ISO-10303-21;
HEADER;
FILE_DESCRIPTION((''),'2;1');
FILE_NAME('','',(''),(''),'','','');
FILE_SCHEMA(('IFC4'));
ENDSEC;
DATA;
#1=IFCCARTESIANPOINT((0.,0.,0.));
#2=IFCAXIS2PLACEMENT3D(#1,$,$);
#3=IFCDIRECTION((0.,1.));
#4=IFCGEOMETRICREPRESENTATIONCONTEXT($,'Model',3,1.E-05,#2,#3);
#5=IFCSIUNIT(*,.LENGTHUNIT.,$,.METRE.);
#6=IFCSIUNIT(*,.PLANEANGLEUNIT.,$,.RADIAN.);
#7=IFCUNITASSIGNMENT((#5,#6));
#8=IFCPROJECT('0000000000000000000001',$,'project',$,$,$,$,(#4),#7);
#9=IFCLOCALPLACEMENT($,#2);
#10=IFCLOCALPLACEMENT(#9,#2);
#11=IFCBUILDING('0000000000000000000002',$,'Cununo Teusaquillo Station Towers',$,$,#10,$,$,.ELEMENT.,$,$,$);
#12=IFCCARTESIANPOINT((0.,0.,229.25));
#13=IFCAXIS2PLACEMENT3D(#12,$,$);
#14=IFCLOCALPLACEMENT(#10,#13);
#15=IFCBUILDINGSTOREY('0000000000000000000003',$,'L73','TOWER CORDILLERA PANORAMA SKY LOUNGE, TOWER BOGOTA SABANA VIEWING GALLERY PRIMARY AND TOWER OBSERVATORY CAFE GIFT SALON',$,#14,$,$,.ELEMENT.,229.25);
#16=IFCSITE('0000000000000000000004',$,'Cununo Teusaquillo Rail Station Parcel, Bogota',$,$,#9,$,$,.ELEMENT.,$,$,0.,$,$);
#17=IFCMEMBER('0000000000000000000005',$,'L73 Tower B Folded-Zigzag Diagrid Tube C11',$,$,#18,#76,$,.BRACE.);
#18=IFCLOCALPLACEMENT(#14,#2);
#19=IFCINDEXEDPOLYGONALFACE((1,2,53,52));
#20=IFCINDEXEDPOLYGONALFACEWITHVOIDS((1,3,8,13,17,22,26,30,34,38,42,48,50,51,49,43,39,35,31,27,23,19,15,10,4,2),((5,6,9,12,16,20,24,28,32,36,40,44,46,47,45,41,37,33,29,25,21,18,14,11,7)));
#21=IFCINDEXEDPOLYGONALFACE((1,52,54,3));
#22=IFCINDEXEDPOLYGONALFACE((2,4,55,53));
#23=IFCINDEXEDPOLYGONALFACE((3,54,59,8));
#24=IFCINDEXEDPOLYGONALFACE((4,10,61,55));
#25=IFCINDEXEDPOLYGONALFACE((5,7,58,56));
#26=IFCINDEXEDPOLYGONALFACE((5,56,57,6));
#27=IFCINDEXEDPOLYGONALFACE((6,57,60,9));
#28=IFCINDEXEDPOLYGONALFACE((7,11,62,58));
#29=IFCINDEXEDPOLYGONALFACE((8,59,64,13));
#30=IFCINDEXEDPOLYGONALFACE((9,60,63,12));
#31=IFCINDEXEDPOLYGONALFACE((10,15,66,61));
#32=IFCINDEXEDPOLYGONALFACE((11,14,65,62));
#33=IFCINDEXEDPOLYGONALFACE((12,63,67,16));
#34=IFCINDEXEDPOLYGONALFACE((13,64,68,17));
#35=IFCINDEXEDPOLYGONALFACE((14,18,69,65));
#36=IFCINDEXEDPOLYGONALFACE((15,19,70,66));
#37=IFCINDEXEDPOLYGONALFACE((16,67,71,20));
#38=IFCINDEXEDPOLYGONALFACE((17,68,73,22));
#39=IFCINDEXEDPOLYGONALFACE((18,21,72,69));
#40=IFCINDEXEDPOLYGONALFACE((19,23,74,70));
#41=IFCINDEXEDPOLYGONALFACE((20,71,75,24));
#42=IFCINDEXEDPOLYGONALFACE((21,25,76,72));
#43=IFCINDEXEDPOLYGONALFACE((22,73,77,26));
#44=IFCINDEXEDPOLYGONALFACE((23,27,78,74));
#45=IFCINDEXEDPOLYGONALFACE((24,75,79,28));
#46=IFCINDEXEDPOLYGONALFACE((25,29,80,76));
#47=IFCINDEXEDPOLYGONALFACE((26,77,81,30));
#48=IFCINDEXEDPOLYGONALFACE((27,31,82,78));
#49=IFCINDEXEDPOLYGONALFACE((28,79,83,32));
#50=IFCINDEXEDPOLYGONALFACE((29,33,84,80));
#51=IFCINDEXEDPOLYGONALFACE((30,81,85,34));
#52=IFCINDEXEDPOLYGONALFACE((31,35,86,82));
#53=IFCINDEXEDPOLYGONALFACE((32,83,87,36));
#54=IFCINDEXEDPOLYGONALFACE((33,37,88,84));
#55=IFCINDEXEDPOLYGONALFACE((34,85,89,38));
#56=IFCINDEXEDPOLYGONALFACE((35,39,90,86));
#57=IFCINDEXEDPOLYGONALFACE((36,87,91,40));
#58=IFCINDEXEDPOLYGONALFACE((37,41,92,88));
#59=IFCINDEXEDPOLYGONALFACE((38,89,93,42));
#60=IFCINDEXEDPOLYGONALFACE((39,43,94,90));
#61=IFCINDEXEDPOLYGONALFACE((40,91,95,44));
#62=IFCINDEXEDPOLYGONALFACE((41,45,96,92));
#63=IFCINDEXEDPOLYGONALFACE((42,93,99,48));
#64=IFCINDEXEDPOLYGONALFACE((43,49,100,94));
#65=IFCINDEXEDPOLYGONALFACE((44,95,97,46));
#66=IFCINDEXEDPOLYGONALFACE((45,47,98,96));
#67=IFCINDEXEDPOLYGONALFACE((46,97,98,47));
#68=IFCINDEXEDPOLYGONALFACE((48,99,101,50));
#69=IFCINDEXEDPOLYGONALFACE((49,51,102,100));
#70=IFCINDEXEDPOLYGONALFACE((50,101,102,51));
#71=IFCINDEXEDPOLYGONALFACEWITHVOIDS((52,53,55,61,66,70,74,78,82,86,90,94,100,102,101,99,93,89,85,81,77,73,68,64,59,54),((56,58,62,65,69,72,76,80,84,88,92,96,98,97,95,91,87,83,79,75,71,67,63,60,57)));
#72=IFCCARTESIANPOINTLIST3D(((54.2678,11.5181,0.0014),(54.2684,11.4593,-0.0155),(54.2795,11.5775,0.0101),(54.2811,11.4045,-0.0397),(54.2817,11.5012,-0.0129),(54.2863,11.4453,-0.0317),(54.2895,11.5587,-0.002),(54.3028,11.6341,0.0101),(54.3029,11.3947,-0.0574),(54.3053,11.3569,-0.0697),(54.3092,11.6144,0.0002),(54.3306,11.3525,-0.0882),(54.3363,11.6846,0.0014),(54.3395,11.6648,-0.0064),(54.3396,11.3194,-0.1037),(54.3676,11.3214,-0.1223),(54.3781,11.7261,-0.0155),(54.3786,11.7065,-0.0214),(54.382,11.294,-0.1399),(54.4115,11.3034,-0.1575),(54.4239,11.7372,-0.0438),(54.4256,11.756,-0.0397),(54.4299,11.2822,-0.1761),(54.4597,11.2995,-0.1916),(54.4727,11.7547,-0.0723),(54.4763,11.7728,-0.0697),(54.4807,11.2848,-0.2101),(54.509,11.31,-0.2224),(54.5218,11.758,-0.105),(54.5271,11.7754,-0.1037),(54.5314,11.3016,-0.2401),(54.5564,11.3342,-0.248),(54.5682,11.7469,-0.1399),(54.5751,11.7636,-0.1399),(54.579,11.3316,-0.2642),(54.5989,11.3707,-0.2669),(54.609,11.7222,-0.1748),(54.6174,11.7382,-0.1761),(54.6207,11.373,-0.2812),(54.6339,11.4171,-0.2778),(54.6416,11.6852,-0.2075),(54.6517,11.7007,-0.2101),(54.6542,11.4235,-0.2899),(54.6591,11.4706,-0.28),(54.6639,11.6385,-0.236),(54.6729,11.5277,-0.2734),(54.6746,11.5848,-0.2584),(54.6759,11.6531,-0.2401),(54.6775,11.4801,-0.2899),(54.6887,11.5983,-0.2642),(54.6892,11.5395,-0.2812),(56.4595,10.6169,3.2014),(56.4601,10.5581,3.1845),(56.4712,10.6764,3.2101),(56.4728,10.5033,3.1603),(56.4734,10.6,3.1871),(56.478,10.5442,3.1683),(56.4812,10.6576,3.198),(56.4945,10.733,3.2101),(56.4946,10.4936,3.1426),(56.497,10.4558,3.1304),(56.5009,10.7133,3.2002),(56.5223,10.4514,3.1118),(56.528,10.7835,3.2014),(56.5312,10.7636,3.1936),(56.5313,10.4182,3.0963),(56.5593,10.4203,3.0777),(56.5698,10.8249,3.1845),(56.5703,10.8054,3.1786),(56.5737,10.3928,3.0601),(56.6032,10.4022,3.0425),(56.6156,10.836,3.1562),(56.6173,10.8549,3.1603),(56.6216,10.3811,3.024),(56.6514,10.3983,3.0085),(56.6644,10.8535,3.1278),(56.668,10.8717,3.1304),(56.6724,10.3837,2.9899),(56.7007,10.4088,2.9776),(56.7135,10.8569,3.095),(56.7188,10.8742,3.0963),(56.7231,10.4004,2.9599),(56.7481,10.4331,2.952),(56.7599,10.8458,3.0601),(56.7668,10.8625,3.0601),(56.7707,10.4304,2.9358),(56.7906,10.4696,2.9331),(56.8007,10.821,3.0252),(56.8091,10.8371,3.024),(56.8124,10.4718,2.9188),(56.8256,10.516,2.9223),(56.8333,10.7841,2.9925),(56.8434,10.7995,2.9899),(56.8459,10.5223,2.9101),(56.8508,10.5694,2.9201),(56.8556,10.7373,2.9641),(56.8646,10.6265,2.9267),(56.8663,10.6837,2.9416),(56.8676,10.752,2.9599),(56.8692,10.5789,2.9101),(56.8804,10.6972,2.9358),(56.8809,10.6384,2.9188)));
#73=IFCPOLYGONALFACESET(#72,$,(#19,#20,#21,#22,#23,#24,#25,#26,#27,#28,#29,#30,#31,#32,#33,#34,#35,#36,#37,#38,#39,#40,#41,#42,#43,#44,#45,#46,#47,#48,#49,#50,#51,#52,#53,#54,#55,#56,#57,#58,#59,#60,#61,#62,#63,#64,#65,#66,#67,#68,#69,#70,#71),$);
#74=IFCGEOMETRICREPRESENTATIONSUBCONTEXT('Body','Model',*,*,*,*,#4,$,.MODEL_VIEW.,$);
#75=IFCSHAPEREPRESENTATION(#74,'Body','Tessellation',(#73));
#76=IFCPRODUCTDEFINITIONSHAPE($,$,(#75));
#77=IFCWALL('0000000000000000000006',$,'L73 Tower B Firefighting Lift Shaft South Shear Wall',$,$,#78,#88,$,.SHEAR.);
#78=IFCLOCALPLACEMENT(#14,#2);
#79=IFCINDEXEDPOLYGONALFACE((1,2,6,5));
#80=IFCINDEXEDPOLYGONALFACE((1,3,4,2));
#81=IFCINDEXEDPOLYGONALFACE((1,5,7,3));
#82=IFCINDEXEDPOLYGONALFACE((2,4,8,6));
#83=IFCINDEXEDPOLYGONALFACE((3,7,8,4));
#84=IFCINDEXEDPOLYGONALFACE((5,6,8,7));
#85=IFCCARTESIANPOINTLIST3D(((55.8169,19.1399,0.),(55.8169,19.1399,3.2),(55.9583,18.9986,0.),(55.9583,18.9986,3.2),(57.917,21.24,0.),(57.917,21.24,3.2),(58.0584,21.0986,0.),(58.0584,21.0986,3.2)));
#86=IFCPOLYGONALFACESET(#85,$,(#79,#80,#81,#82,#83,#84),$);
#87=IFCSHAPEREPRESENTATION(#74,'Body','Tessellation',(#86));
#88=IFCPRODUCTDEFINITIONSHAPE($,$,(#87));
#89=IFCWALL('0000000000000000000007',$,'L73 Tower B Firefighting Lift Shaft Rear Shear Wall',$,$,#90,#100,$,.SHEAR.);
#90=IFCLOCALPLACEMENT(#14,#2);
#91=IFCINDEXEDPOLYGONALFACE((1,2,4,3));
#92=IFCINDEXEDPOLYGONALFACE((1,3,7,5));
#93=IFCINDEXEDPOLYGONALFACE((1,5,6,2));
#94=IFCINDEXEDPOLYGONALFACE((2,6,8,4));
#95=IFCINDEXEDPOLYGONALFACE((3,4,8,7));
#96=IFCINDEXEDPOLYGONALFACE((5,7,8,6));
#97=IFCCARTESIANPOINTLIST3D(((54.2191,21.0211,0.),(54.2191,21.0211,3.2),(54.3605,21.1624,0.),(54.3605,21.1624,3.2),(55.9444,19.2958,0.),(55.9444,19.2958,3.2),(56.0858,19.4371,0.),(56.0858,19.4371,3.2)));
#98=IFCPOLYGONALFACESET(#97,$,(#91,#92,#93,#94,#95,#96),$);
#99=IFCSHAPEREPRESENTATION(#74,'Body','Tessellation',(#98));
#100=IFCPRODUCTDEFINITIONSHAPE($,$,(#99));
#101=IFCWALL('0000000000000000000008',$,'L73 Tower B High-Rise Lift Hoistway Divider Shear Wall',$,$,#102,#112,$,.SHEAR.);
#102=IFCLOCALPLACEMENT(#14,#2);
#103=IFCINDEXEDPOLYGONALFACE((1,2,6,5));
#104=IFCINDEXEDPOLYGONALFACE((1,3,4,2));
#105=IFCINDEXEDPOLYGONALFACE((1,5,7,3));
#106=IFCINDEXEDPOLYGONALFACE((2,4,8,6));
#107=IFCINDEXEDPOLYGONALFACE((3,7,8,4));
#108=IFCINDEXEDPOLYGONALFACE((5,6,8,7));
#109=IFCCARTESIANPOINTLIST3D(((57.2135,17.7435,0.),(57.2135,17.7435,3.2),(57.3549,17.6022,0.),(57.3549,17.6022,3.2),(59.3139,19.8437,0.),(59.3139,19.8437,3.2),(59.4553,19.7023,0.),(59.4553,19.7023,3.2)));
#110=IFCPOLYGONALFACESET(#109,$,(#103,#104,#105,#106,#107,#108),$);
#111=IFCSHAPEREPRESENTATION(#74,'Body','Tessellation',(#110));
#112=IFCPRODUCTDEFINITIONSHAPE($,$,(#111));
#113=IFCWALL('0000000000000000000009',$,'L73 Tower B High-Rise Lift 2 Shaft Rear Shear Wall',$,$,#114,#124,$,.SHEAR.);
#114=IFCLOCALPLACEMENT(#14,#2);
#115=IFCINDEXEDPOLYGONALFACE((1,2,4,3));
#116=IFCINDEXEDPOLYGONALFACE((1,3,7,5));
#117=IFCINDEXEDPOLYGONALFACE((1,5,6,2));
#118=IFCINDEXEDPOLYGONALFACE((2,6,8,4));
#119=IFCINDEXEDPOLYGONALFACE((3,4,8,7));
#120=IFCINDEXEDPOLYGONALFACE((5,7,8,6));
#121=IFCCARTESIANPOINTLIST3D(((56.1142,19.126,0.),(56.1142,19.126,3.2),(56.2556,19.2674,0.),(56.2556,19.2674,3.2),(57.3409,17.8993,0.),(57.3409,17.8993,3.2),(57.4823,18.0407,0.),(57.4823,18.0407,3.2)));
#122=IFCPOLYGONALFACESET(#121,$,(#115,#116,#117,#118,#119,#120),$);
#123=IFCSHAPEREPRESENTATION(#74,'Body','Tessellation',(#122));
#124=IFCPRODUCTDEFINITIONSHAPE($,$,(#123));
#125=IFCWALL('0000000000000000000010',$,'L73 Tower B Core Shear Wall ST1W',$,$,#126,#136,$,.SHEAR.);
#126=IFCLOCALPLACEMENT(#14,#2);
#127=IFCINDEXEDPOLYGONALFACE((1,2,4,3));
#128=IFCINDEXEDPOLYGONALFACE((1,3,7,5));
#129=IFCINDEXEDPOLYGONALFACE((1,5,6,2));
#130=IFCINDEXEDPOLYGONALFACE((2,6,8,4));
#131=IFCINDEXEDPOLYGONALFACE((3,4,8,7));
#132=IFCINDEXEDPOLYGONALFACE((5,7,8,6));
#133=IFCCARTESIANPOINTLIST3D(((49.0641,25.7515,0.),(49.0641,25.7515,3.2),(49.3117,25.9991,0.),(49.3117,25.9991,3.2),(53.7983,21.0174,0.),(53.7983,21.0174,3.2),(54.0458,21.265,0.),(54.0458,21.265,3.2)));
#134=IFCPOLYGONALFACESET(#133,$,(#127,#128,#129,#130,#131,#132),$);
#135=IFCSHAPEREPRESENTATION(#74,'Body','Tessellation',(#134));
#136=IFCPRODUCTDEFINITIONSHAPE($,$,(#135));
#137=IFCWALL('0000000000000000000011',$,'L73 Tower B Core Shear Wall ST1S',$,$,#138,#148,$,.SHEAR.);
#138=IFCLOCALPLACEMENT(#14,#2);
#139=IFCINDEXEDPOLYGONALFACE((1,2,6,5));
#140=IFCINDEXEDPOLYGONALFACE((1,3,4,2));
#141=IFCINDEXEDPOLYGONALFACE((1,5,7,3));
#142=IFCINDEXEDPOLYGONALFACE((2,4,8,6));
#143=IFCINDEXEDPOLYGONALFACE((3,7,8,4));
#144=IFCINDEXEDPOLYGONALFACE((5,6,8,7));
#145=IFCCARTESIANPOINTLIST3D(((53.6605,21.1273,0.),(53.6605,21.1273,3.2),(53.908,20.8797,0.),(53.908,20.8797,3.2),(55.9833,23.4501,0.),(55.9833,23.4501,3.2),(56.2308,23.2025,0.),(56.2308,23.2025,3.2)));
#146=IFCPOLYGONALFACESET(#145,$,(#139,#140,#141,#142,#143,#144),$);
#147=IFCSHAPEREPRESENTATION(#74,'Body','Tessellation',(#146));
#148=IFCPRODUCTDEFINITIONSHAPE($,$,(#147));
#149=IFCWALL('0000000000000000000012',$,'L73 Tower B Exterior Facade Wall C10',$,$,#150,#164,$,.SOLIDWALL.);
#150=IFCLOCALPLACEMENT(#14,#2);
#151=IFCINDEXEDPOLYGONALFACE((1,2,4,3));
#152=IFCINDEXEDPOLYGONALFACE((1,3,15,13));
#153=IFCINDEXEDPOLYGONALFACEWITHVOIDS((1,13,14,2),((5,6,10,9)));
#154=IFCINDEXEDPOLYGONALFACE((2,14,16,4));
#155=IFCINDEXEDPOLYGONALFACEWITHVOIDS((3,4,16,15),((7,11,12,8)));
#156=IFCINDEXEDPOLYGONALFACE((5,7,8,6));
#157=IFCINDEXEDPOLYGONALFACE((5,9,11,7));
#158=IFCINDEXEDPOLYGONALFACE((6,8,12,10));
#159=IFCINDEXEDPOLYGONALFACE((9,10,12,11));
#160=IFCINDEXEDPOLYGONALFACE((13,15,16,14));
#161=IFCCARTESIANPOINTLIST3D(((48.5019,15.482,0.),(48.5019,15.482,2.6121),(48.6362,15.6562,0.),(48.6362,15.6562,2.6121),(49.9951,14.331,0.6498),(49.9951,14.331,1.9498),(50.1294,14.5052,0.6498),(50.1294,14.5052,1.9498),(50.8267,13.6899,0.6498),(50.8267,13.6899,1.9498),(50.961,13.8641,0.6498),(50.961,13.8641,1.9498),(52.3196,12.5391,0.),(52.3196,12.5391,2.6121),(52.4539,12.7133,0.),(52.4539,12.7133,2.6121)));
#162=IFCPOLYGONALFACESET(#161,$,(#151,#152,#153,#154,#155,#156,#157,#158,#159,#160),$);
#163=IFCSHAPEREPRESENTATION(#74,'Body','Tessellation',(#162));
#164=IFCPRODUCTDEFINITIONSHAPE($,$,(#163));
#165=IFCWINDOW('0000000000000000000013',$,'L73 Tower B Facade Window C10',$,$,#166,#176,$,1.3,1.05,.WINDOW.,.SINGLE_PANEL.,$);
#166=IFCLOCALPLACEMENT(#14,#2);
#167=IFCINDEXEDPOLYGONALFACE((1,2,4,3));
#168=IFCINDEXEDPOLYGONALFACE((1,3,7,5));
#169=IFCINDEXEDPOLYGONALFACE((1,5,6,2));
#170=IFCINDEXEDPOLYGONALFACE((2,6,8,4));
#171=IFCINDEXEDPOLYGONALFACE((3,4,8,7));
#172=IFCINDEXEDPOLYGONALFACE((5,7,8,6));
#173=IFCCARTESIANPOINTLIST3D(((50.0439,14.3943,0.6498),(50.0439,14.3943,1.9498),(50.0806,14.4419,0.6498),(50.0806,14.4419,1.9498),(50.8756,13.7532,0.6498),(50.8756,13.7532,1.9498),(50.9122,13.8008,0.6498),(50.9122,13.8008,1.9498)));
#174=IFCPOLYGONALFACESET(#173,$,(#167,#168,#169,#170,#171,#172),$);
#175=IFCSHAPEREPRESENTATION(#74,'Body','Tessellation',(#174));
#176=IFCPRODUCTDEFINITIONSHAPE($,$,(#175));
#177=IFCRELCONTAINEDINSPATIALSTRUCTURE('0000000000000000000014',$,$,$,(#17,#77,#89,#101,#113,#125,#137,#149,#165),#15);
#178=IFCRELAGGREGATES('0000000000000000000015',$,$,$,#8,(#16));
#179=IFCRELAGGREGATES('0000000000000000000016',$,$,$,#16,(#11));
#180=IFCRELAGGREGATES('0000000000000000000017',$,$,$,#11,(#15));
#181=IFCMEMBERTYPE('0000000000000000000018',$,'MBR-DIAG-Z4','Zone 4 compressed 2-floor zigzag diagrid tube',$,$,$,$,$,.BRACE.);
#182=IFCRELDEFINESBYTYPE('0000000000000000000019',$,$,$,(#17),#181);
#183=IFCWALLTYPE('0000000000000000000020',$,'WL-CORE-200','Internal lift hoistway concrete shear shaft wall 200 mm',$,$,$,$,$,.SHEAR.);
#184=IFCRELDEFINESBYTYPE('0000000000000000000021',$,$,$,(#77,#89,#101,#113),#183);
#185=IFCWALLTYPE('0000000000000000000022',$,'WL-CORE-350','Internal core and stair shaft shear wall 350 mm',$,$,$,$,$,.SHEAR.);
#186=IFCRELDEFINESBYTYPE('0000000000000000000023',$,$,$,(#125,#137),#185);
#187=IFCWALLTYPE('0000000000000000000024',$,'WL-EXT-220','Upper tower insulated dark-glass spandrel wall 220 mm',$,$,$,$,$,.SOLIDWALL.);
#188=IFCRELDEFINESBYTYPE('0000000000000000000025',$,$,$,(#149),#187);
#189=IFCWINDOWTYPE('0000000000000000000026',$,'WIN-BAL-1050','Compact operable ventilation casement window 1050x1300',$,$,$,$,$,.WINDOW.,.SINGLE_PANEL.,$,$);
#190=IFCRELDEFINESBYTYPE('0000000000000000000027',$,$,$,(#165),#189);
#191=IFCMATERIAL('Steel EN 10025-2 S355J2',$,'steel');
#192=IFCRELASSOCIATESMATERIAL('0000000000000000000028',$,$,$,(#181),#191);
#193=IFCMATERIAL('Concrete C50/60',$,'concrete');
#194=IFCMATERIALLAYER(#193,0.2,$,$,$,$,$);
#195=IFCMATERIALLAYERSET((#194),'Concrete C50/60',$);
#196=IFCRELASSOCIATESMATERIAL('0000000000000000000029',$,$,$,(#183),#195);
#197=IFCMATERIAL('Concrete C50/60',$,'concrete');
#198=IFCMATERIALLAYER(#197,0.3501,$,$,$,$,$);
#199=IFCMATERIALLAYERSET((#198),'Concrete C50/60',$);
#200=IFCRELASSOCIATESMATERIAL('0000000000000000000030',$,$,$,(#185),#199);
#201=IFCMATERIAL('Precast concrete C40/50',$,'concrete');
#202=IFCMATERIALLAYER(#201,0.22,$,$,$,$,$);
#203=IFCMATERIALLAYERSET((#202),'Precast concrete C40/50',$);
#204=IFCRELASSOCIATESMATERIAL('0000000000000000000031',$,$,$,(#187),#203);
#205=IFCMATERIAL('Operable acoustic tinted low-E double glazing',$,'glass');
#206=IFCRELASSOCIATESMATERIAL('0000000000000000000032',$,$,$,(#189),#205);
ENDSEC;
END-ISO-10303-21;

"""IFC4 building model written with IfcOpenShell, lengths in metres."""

from ifc_helpers import new_model, si_unit, direction, frame, frame_2d, origin, origin_2d, place, context, subcontext, project, spatial, rectangle, hollow_circle, extrude, source, transform, mapped, material, layer, layer_set, material_profile, profile_set, type_object, element, fill, save


model = new_model("IFC4")

# Units and contexts
model_context = context("Model", 3, precision=1e-05, world=origin(), true_north=direction((0.0, 1.0)))
body_context = subcontext(model_context, "Body", "Model", "MODEL_VIEW")
ifc_project = project(units=[si_unit("LENGTHUNIT", "METRE"), si_unit("PLANEANGLEUNIT", "RADIAN")], contexts=[model_context])

# Site, building, storey
site_placement = place(None, origin())
site = spatial("IfcSite", under=ifc_project, at=site_placement, Name="Cununo Teusaquillo Rail Station Parcel, Bogota", CompositionType="ELEMENT", RefElevation=0.0)
building_placement = place(site_placement, origin())
building = spatial("IfcBuilding", under=site, at=building_placement, Name="Cununo Teusaquillo Station Towers", CompositionType="ELEMENT")
storey_placement = place(building_placement, frame((0.0, 0.0, 229.25)))
storey = spatial("IfcBuildingStorey", under=building, at=storey_placement, Name="L73", Description="TOWER CORDILLERA PANORAMA SKY LOUNGE, TOWER BOGOTA SABANA VIEWING GALLERY PRIMARY AND TOWER OBSERVATORY CAFE GIFT SALON", CompositionType="ELEMENT", Elevation=229.25)

# Member
ifc_material_1 = material(Name="Steel EN 10025-2 S355J2", Category="steel")
ifc_material_profile_1 = material_profile(ifc_material_1, hollow_circle(Radius=0.2539, WallThickness=0.0181, at=origin_2d()), Name="CHS 508x18")
ifc_profile_set_1 = profile_set([ifc_material_profile_1], Name="Steel EN 10025-2 S355J2")
member_type = type_object("IfcMemberType", Name="MBR-DIAG-Z4", Description="Zone 4 compressed 2-floor zigzag diagrid tube", PredefinedType="BRACE", material=ifc_profile_set_1)
member_placement = place(storey_placement, frame((54.4785, 11.5288, -0.1399), z_axis=(0.550412, -0.226308, 0.803637), x_axis=(0.380273, 0.924874, 0.0)))
element("IfcMember", 1, at=member_placement, inside=storey, type_object=member_type, Name="L73 Tower B Folded-Zigzag Diagrid Tube C11", PredefinedType="BRACE", context=body_context, shape_type="SweptSolid", body=[
    extrude(hollow_circle(Radius=0.2539, WallThickness=0.0181, at=origin_2d()), origin(), (0.0, 0.0, 1.0), 3.9819),
])

# Walls
ifc_material_2 = material(Name="Concrete C50/60", Category="concrete")
ifc_layer_1 = layer(ifc_material_2, 0.2)
ifc_layer_set_1 = layer_set([ifc_layer_1], Name="Concrete C50/60")
wall_type_1 = type_object("IfcWallType", Name="WL-CORE-200", Description="Internal lift hoistway concrete shear shaft wall 200 mm", PredefinedType="SHEAR", material=ifc_layer_set_1)
wall_1_placement = place(storey_placement, frame((55.8877, 19.0693, 0.0), z_axis=(0.0, 0.0, 1.0), x_axis=(0.707107, 0.707107, 0.0)))
element("IfcWall", 2, at=wall_1_placement, inside=storey, type_object=wall_type_1, Name="L73 Tower B Firefighting Lift Shaft South Shear Wall", PredefinedType="SHEAR", context=body_context, shape_type="SweptSolid", body=[
    extrude(rectangle(XDim=2.97, YDim=0.2, at=frame_2d((1.4849, 0.0))), origin(), (0.0, 0.0, 1.0), 3.2),
])
wall_2_placement = place(storey_placement, frame((56.0151, 19.3665, 0.0), z_axis=(0.0, 0.0, 1.0), x_axis=(-0.707107, 0.707107, 0.0)))
element("IfcWall", 3, at=wall_2_placement, inside=storey, type_object=wall_type_1, Name="L73 Tower B Firefighting Lift Shaft Rear Shear Wall", PredefinedType="SHEAR", context=body_context, shape_type="SweptSolid", body=[
    extrude(rectangle(XDim=2.4399, YDim=0.2, at=frame_2d((1.22, 0.0))), origin(), (0.0, 0.0, 1.0), 3.2),
])
wall_3_placement = place(storey_placement, frame((57.2842, 17.6729, 0.0), z_axis=(0.0, 0.0, 1.0), x_axis=(0.707148, 0.707066, 0.0)))
element("IfcWall", 4, at=wall_3_placement, inside=storey, type_object=wall_type_1, Name="L73 Tower B High-Rise Lift Hoistway Divider Shear Wall", PredefinedType="SHEAR", context=body_context, shape_type="SweptSolid", body=[
    extrude(rectangle(XDim=2.9702, YDim=0.2, at=frame_2d((1.4851, 0.0))), origin(), (0.0, 0.0, 1.0), 3.2),
])
wall_4_placement = place(storey_placement, frame((57.4116, 17.97, 0.0), z_axis=(0.0, 0.0, 1.0), x_axis=(-0.707107, 0.707107, 0.0)))
element("IfcWall", 5, at=wall_4_placement, inside=storey, type_object=wall_type_1, Name="L73 Tower B High-Rise Lift 2 Shaft Rear Shear Wall", PredefinedType="SHEAR", context=body_context, shape_type="SweptSolid", body=[
    extrude(rectangle(XDim=1.7349, YDim=0.2, at=frame_2d((0.8674, 0.0))), origin(), (0.0, 0.0, 1.0), 3.2),
])
ifc_material_3 = material(Name="Concrete C50/60", Category="concrete")
ifc_layer_2 = layer(ifc_material_3, 0.3501)
ifc_layer_set_2 = layer_set([ifc_layer_2], Name="Concrete C50/60")
wall_type_2 = type_object("IfcWallType", Name="WL-CORE-350", Description="Internal core and stair shaft shear wall 350 mm", PredefinedType="SHEAR", material=ifc_layer_set_2)
wall_5_placement = place(storey_placement, frame((53.9221, 21.1411, 0.0), z_axis=(0.0, 0.0, 1.0), x_axis=(-0.707107, 0.707107, 0.0)))
element("IfcWall", 6, at=wall_5_placement, inside=storey, type_object=wall_type_2, Name="L73 Tower B Core Shear Wall ST1W", PredefinedType="SHEAR", context=body_context, shape_type="SweptSolid", body=[
    extrude(rectangle(XDim=6.6951, YDim=0.3501, at=frame_2d((3.3477, 0.0))), origin(), (0.0, 0.0, 1.0), 3.2),
])
wall_6_placement = place(storey_placement, frame((53.7842, 21.0034, 0.0), z_axis=(0.0, 0.0, 1.0), x_axis=(0.707107, 0.707107, 0.0)))
element("IfcWall", 7, at=wall_6_placement, inside=storey, type_object=wall_type_2, Name="L73 Tower B Core Shear Wall ST1S", PredefinedType="SHEAR", context=body_context, shape_type="SweptSolid", body=[
    extrude(rectangle(XDim=3.2849, YDim=0.3501, at=frame_2d((1.6426, 0.0))), origin(), (0.0, 0.0, 1.0), 3.2),
])

# Wall, opening, window
ifc_material_4 = material(Name="Precast concrete C40/50", Category="concrete")
ifc_layer_3 = layer(ifc_material_4, 0.22)
ifc_layer_set_3 = layer_set([ifc_layer_3], Name="Precast concrete C40/50")
wall_type_3 = type_object("IfcWallType", Name="WL-EXT-220", Description="Upper tower insulated dark-glass spandrel wall 220 mm", PredefinedType="SOLIDWALL", material=ifc_layer_set_3)
wall_7_placement = place(storey_placement, frame((52.3867, 12.6262, 0.0), z_axis=(0.0, 0.0, 1.0), x_axis=(-0.791998, 0.610523, 0.0)))
wall_7 = element("IfcWall", 8, at=wall_7_placement, inside=storey, type_object=wall_type_3, Name="L73 Tower B Exterior Facade Wall C10", PredefinedType="SOLIDWALL", context=body_context, shape_type="SweptSolid", body=[
    extrude(rectangle(XDim=4.8203, YDim=0.22, at=frame_2d((2.4102, 0.0))), origin(), (0.0, 0.0, 1.0), 2.6121),
])
shared_shape_1 = source(origin(), body_context, "Body", "SweptSolid", [
    extrude(rectangle(XDim=1.05, YDim=1.3, at=frame_2d((0.5249, 0.6499))), frame((0.0, 0.1199, 0.0), z_axis=(0.0, -1.0, 0.0), x_axis=(1.0, 0.0, 0.0)), (0.0, 0.0, 1.0), 0.24),
])
opening_1_placement = place(wall_7_placement, frame((1.885, 0.0, 0.6499)))
opening_1 = element("IfcOpeningElement", 9, at=opening_1_placement, cuts=wall_7, PredefinedType="OPENING", context=body_context, shape_type="MappedRepresentation", body=[
    mapped(shared_shape_1, transform((0.0, 0.0, 0.0), x_axis=(1.0, 0.0, 0.0), y_axis=(0.0, 1.0, 0.0), z_axis=(0.0, 0.0, 1.0), scale=1.0)),
])
ifc_material_5 = material(Name="Operable acoustic tinted low-E double glazing", Category="glass")
window_type = type_object("IfcWindowType", Name="WIN-BAL-1050", Description="Compact operable ventilation casement window 1050x1300", PartitioningType="SINGLE_PANEL", PredefinedType="WINDOW", material=ifc_material_5)
shared_shape_2 = source(origin(), body_context, "Body", "SweptSolid", [
    extrude(rectangle(XDim=1.05, YDim=1.3, at=frame_2d((0.5249, 0.6499))), frame((0.0, 0.03, 0.0), z_axis=(0.0, -1.0, 0.0), x_axis=(1.0, 0.0, 0.0)), (0.0, 0.0, 1.0), 0.0601),
])
window_placement = place(opening_1_placement, origin())
window = element("IfcWindow", 10, at=window_placement, inside=storey, type_object=window_type, Name="L73 Tower B Facade Window C10", OverallHeight=1.3, OverallWidth=1.05, PartitioningType="SINGLE_PANEL", PredefinedType="WINDOW", context=body_context, shape_type="MappedRepresentation", body=[
    mapped(shared_shape_2, transform((0.0, 0.0, 0.0), x_axis=(1.0, 0.0, 0.0), y_axis=(0.0, 1.0, 0.0), z_axis=(0.0, 0.0, 1.0), scale=1.0)),
])
fill(opening_1, window)

save(model, "model.ifc")
